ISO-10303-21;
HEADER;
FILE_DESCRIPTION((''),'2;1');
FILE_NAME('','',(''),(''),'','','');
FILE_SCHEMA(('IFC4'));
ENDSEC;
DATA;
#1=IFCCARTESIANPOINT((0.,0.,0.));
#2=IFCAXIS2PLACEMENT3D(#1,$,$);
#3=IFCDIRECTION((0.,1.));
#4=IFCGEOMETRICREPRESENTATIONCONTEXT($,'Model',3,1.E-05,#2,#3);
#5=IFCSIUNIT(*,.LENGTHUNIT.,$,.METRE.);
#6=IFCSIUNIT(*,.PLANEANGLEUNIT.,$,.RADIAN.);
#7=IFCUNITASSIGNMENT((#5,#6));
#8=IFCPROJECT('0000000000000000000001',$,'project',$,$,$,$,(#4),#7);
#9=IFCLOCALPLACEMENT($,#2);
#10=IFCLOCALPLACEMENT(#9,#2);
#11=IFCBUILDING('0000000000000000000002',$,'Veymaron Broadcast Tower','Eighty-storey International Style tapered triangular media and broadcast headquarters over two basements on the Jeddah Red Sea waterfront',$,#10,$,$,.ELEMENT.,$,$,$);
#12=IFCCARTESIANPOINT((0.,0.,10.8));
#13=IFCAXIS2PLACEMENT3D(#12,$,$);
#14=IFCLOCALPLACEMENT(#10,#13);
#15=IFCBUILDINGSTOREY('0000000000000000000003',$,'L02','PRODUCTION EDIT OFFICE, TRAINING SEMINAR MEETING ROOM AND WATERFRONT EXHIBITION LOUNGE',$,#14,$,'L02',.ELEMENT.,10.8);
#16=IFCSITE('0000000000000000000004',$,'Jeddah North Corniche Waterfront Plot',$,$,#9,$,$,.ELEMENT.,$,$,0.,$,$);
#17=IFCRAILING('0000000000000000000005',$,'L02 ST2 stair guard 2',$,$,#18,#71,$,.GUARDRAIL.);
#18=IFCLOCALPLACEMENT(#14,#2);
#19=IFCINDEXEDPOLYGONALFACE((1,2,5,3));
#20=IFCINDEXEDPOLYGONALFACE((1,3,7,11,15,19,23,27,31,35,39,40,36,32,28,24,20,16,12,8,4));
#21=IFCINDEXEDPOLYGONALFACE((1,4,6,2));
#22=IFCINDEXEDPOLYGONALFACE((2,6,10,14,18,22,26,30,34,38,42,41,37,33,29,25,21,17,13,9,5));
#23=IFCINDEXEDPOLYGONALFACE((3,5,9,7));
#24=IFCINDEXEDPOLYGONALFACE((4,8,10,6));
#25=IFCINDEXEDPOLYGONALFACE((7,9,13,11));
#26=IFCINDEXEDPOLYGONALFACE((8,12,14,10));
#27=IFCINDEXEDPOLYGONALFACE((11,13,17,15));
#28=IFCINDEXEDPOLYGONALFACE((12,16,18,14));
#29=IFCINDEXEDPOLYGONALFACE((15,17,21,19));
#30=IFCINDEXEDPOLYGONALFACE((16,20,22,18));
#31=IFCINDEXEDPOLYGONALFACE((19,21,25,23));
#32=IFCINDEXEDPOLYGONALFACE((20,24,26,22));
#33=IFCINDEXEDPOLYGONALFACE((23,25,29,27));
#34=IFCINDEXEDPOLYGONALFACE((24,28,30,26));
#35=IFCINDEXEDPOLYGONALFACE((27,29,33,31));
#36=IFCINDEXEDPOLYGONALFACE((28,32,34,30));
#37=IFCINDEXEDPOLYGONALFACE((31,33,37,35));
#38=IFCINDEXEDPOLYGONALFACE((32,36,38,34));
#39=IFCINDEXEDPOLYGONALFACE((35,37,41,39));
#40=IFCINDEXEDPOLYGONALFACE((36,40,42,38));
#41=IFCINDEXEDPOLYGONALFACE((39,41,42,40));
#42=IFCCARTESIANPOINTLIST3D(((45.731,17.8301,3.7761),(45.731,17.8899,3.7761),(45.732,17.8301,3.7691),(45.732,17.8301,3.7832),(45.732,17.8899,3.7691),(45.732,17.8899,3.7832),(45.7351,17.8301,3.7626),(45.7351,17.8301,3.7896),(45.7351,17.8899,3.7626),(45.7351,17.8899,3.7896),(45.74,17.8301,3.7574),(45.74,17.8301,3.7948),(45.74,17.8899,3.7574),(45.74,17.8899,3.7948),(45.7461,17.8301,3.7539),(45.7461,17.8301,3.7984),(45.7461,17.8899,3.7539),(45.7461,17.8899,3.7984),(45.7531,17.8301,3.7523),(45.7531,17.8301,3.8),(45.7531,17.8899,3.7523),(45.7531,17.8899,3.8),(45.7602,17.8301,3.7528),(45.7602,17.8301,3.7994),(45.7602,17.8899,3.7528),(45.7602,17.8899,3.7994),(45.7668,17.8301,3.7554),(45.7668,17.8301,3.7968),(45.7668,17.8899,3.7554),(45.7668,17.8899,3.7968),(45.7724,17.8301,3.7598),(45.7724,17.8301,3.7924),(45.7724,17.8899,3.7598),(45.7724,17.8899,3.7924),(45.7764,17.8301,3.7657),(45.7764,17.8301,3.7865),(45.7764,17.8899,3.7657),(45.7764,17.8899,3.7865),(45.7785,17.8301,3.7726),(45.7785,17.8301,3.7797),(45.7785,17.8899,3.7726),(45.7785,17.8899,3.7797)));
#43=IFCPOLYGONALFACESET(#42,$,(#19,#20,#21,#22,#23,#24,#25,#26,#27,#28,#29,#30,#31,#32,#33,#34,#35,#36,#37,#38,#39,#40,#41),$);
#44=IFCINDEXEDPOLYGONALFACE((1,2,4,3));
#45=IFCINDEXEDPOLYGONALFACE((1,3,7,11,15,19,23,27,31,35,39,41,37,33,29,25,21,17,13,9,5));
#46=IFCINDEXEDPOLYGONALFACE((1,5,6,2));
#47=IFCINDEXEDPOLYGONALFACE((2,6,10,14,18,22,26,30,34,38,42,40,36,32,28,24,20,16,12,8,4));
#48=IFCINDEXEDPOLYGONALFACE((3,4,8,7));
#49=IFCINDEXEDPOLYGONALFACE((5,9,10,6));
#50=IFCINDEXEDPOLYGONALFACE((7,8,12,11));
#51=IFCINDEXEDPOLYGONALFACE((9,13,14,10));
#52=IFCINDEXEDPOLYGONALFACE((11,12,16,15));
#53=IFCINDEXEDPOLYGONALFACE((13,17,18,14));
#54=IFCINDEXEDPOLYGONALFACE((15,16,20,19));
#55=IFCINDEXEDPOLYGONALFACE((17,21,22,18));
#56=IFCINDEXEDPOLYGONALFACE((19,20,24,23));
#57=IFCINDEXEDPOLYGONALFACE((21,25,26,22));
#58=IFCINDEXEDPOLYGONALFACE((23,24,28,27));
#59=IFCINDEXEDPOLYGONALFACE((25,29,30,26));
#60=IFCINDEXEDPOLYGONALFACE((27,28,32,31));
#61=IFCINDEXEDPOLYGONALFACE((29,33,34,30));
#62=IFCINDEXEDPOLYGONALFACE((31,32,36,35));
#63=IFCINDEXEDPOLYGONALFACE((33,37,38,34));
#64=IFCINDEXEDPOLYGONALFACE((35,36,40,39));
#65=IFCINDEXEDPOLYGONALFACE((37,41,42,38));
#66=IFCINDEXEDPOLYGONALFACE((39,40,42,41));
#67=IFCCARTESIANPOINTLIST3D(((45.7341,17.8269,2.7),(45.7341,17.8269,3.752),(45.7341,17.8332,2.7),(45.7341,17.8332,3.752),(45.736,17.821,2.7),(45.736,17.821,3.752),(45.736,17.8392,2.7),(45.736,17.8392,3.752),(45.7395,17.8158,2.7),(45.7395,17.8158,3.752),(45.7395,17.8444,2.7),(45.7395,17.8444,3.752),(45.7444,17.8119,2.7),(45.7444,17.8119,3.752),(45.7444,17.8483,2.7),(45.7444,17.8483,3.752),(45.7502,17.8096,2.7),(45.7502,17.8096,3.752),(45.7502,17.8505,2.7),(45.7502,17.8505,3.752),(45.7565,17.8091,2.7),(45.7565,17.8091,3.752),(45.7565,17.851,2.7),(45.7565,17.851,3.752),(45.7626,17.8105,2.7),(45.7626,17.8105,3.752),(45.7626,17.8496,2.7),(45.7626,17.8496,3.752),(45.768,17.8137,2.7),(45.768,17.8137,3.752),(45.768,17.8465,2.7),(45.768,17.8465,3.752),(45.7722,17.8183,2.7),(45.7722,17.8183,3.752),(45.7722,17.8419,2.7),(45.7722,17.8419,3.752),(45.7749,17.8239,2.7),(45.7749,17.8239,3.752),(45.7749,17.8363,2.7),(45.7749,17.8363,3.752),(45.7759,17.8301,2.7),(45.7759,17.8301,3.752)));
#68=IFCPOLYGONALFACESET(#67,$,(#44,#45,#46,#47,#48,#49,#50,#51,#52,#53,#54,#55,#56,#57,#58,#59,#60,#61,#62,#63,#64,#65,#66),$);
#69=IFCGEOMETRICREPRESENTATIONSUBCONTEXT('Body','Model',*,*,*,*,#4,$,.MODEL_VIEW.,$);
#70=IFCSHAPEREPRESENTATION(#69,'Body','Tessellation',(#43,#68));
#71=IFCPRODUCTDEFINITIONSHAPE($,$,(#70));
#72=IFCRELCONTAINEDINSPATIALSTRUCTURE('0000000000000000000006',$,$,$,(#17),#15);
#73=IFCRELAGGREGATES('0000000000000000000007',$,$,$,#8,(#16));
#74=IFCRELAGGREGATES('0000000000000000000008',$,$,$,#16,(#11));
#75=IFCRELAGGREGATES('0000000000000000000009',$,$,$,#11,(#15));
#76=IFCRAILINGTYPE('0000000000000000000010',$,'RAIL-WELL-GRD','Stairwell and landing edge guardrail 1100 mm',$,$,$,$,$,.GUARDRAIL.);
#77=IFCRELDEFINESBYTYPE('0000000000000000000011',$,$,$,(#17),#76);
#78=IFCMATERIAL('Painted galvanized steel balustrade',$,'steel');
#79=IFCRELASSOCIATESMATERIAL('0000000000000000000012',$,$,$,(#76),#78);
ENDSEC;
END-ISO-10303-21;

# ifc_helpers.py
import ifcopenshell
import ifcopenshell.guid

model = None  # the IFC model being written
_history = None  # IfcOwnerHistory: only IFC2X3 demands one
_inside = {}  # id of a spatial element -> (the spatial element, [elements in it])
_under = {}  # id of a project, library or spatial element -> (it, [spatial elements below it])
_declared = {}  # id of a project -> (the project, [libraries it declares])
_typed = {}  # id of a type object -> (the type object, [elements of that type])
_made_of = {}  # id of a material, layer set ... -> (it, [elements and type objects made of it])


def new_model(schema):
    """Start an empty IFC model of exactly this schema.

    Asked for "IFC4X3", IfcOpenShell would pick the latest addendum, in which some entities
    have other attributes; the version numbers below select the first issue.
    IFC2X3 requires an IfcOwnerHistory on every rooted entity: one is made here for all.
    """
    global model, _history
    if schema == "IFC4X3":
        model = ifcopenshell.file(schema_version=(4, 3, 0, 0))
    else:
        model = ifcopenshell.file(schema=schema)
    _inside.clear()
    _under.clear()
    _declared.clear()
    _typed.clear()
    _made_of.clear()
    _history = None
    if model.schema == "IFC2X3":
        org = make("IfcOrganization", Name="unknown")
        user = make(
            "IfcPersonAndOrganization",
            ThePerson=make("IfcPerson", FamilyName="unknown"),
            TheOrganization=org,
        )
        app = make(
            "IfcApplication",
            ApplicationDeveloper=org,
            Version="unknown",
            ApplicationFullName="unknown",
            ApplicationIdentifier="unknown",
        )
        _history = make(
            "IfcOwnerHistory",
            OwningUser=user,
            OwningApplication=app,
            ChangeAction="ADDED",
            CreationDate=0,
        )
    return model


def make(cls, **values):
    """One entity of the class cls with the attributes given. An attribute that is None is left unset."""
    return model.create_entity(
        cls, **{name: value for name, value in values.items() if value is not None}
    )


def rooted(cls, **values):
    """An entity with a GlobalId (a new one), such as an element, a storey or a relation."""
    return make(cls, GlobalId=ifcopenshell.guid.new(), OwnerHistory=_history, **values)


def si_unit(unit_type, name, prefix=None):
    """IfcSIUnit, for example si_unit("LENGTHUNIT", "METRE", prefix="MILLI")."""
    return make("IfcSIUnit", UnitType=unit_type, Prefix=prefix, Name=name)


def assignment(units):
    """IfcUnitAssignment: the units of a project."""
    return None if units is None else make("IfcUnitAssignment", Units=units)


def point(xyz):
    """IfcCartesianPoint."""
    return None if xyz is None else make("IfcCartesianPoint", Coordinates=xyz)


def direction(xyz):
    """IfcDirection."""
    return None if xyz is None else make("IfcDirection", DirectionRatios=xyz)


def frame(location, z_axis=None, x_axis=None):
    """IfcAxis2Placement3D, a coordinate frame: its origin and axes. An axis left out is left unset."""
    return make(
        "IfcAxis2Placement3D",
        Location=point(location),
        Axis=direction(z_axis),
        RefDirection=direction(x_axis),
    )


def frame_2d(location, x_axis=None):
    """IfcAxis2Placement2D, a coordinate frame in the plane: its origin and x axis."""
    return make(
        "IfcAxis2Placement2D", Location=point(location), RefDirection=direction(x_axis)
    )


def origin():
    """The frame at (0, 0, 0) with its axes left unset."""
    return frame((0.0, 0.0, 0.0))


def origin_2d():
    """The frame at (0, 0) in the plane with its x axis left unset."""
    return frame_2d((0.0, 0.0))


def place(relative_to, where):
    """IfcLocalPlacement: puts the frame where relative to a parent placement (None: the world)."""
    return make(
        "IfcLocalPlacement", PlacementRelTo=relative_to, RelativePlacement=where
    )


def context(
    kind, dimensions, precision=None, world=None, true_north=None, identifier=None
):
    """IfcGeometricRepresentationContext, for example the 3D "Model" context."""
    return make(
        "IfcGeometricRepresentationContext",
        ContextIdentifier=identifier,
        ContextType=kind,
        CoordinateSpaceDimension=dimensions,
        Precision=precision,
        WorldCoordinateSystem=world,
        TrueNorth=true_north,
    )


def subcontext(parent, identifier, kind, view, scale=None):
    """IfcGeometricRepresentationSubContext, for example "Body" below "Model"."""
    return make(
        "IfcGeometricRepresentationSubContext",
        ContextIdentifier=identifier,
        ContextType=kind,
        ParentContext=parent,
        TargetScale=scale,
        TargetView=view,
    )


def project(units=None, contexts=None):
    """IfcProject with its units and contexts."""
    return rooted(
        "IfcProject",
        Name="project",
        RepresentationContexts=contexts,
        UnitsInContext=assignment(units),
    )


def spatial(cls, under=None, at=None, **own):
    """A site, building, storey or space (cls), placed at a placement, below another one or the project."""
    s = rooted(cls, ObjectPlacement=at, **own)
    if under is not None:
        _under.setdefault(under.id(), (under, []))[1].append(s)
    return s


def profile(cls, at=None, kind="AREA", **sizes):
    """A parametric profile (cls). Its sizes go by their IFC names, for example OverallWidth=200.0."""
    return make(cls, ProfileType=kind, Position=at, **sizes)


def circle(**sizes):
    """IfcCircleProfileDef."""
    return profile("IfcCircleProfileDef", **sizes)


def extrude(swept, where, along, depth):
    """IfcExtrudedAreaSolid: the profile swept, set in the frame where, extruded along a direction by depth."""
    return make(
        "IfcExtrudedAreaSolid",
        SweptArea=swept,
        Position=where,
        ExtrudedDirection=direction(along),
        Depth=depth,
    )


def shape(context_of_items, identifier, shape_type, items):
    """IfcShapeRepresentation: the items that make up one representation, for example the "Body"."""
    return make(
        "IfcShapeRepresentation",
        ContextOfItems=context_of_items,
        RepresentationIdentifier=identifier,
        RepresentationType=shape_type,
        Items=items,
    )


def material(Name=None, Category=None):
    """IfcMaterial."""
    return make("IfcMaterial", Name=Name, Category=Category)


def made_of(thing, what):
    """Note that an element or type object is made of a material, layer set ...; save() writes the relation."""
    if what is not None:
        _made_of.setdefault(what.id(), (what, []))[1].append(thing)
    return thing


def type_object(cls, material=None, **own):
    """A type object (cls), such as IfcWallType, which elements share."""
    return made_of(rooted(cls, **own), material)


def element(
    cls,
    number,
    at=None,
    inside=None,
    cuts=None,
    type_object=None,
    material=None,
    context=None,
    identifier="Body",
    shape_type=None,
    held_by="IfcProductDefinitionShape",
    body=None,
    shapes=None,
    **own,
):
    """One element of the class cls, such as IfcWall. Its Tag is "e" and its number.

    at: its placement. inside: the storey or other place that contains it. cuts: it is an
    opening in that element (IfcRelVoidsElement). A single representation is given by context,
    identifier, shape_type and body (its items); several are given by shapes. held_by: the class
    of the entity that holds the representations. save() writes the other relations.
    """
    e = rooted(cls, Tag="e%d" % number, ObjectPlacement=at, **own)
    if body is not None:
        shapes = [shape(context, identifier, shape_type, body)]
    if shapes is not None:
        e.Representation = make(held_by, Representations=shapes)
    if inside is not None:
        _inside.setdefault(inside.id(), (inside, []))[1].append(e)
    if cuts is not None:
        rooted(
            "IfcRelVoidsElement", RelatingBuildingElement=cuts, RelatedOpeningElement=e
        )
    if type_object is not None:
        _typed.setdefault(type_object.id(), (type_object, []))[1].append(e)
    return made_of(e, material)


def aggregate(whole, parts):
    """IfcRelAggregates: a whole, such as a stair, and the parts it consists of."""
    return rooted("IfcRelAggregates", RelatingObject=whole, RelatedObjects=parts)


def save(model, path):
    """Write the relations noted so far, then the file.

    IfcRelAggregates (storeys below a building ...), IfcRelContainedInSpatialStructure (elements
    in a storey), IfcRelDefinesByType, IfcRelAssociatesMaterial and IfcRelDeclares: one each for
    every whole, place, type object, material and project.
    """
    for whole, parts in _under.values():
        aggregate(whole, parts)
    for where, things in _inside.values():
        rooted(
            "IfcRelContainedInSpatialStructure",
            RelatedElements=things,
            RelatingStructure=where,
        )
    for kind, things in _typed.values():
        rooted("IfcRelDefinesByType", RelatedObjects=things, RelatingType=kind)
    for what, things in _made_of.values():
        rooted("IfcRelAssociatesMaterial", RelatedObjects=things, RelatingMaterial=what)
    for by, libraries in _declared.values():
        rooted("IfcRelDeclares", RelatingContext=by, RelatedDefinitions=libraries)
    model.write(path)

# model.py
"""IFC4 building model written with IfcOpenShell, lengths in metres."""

from ifc_helpers import new_model, si_unit, direction, frame, origin, origin_2d, place, context, subcontext, project, spatial, circle, extrude, material, type_object, element, save


model = new_model("IFC4")

# Units and contexts
model_context = context("Model", 3, precision=1e-05, world=origin(), true_north=direction((0.0, 1.0)))
body_context = subcontext(model_context, "Body", "Model", "MODEL_VIEW")
ifc_project = project(units=[si_unit("LENGTHUNIT", "METRE"), si_unit("PLANEANGLEUNIT", "RADIAN")], contexts=[model_context])

# Site, building, storey
site_placement = place(None, origin())
site = spatial("IfcSite", under=ifc_project, at=site_placement, Name="Jeddah North Corniche Waterfront Plot", CompositionType="ELEMENT", RefElevation=0.0)
building_placement = place(site_placement, origin())
building = spatial("IfcBuilding", under=site, at=building_placement, Name="Veymaron Broadcast Tower", Description="Eighty-storey International Style tapered triangular media and broadcast headquarters over two basements on the Jeddah Red Sea waterfront", CompositionType="ELEMENT")
storey_placement = place(building_placement, frame((0.0, 0.0, 10.8)))
storey = spatial("IfcBuildingStorey", under=building, at=storey_placement, Name="L02", Description="PRODUCTION EDIT OFFICE, TRAINING SEMINAR MEETING ROOM AND WATERFRONT EXHIBITION LOUNGE", LongName="L02", CompositionType="ELEMENT", Elevation=10.8)

# Railing
ifc_material_1 = material(Name="Painted galvanized steel balustrade", Category="steel")
railing_type_1 = type_object("IfcRailingType", Name="RAIL-WELL-GRD", Description="Stairwell and landing edge guardrail 1100 mm", PredefinedType="GUARDRAIL", material=ifc_material_1)
railing_1_placement = place(storey_placement, frame((45.7549, 17.8301, 2.7)))
element("IfcRailing", 1, at=railing_1_placement, inside=storey, type_object=railing_type_1, Name="L02 ST2 stair guard 2", PredefinedType="GUARDRAIL", context=body_context, shape_type="SweptSolid", body=[
    extrude(circle(Radius=0.0239, at=origin_2d()), frame((0.0, 0.0, 1.0762), z_axis=(0.0, 1.0, 0.0), x_axis=(-1.0, 0.0, 0.0)), (0.0, 0.0, 1.0), 0.0598),
    extrude(circle(Radius=0.021, at=origin_2d()), origin(), (0.0, 0.0, 1.0), 1.052),
])

save(model, "model.ifc")
